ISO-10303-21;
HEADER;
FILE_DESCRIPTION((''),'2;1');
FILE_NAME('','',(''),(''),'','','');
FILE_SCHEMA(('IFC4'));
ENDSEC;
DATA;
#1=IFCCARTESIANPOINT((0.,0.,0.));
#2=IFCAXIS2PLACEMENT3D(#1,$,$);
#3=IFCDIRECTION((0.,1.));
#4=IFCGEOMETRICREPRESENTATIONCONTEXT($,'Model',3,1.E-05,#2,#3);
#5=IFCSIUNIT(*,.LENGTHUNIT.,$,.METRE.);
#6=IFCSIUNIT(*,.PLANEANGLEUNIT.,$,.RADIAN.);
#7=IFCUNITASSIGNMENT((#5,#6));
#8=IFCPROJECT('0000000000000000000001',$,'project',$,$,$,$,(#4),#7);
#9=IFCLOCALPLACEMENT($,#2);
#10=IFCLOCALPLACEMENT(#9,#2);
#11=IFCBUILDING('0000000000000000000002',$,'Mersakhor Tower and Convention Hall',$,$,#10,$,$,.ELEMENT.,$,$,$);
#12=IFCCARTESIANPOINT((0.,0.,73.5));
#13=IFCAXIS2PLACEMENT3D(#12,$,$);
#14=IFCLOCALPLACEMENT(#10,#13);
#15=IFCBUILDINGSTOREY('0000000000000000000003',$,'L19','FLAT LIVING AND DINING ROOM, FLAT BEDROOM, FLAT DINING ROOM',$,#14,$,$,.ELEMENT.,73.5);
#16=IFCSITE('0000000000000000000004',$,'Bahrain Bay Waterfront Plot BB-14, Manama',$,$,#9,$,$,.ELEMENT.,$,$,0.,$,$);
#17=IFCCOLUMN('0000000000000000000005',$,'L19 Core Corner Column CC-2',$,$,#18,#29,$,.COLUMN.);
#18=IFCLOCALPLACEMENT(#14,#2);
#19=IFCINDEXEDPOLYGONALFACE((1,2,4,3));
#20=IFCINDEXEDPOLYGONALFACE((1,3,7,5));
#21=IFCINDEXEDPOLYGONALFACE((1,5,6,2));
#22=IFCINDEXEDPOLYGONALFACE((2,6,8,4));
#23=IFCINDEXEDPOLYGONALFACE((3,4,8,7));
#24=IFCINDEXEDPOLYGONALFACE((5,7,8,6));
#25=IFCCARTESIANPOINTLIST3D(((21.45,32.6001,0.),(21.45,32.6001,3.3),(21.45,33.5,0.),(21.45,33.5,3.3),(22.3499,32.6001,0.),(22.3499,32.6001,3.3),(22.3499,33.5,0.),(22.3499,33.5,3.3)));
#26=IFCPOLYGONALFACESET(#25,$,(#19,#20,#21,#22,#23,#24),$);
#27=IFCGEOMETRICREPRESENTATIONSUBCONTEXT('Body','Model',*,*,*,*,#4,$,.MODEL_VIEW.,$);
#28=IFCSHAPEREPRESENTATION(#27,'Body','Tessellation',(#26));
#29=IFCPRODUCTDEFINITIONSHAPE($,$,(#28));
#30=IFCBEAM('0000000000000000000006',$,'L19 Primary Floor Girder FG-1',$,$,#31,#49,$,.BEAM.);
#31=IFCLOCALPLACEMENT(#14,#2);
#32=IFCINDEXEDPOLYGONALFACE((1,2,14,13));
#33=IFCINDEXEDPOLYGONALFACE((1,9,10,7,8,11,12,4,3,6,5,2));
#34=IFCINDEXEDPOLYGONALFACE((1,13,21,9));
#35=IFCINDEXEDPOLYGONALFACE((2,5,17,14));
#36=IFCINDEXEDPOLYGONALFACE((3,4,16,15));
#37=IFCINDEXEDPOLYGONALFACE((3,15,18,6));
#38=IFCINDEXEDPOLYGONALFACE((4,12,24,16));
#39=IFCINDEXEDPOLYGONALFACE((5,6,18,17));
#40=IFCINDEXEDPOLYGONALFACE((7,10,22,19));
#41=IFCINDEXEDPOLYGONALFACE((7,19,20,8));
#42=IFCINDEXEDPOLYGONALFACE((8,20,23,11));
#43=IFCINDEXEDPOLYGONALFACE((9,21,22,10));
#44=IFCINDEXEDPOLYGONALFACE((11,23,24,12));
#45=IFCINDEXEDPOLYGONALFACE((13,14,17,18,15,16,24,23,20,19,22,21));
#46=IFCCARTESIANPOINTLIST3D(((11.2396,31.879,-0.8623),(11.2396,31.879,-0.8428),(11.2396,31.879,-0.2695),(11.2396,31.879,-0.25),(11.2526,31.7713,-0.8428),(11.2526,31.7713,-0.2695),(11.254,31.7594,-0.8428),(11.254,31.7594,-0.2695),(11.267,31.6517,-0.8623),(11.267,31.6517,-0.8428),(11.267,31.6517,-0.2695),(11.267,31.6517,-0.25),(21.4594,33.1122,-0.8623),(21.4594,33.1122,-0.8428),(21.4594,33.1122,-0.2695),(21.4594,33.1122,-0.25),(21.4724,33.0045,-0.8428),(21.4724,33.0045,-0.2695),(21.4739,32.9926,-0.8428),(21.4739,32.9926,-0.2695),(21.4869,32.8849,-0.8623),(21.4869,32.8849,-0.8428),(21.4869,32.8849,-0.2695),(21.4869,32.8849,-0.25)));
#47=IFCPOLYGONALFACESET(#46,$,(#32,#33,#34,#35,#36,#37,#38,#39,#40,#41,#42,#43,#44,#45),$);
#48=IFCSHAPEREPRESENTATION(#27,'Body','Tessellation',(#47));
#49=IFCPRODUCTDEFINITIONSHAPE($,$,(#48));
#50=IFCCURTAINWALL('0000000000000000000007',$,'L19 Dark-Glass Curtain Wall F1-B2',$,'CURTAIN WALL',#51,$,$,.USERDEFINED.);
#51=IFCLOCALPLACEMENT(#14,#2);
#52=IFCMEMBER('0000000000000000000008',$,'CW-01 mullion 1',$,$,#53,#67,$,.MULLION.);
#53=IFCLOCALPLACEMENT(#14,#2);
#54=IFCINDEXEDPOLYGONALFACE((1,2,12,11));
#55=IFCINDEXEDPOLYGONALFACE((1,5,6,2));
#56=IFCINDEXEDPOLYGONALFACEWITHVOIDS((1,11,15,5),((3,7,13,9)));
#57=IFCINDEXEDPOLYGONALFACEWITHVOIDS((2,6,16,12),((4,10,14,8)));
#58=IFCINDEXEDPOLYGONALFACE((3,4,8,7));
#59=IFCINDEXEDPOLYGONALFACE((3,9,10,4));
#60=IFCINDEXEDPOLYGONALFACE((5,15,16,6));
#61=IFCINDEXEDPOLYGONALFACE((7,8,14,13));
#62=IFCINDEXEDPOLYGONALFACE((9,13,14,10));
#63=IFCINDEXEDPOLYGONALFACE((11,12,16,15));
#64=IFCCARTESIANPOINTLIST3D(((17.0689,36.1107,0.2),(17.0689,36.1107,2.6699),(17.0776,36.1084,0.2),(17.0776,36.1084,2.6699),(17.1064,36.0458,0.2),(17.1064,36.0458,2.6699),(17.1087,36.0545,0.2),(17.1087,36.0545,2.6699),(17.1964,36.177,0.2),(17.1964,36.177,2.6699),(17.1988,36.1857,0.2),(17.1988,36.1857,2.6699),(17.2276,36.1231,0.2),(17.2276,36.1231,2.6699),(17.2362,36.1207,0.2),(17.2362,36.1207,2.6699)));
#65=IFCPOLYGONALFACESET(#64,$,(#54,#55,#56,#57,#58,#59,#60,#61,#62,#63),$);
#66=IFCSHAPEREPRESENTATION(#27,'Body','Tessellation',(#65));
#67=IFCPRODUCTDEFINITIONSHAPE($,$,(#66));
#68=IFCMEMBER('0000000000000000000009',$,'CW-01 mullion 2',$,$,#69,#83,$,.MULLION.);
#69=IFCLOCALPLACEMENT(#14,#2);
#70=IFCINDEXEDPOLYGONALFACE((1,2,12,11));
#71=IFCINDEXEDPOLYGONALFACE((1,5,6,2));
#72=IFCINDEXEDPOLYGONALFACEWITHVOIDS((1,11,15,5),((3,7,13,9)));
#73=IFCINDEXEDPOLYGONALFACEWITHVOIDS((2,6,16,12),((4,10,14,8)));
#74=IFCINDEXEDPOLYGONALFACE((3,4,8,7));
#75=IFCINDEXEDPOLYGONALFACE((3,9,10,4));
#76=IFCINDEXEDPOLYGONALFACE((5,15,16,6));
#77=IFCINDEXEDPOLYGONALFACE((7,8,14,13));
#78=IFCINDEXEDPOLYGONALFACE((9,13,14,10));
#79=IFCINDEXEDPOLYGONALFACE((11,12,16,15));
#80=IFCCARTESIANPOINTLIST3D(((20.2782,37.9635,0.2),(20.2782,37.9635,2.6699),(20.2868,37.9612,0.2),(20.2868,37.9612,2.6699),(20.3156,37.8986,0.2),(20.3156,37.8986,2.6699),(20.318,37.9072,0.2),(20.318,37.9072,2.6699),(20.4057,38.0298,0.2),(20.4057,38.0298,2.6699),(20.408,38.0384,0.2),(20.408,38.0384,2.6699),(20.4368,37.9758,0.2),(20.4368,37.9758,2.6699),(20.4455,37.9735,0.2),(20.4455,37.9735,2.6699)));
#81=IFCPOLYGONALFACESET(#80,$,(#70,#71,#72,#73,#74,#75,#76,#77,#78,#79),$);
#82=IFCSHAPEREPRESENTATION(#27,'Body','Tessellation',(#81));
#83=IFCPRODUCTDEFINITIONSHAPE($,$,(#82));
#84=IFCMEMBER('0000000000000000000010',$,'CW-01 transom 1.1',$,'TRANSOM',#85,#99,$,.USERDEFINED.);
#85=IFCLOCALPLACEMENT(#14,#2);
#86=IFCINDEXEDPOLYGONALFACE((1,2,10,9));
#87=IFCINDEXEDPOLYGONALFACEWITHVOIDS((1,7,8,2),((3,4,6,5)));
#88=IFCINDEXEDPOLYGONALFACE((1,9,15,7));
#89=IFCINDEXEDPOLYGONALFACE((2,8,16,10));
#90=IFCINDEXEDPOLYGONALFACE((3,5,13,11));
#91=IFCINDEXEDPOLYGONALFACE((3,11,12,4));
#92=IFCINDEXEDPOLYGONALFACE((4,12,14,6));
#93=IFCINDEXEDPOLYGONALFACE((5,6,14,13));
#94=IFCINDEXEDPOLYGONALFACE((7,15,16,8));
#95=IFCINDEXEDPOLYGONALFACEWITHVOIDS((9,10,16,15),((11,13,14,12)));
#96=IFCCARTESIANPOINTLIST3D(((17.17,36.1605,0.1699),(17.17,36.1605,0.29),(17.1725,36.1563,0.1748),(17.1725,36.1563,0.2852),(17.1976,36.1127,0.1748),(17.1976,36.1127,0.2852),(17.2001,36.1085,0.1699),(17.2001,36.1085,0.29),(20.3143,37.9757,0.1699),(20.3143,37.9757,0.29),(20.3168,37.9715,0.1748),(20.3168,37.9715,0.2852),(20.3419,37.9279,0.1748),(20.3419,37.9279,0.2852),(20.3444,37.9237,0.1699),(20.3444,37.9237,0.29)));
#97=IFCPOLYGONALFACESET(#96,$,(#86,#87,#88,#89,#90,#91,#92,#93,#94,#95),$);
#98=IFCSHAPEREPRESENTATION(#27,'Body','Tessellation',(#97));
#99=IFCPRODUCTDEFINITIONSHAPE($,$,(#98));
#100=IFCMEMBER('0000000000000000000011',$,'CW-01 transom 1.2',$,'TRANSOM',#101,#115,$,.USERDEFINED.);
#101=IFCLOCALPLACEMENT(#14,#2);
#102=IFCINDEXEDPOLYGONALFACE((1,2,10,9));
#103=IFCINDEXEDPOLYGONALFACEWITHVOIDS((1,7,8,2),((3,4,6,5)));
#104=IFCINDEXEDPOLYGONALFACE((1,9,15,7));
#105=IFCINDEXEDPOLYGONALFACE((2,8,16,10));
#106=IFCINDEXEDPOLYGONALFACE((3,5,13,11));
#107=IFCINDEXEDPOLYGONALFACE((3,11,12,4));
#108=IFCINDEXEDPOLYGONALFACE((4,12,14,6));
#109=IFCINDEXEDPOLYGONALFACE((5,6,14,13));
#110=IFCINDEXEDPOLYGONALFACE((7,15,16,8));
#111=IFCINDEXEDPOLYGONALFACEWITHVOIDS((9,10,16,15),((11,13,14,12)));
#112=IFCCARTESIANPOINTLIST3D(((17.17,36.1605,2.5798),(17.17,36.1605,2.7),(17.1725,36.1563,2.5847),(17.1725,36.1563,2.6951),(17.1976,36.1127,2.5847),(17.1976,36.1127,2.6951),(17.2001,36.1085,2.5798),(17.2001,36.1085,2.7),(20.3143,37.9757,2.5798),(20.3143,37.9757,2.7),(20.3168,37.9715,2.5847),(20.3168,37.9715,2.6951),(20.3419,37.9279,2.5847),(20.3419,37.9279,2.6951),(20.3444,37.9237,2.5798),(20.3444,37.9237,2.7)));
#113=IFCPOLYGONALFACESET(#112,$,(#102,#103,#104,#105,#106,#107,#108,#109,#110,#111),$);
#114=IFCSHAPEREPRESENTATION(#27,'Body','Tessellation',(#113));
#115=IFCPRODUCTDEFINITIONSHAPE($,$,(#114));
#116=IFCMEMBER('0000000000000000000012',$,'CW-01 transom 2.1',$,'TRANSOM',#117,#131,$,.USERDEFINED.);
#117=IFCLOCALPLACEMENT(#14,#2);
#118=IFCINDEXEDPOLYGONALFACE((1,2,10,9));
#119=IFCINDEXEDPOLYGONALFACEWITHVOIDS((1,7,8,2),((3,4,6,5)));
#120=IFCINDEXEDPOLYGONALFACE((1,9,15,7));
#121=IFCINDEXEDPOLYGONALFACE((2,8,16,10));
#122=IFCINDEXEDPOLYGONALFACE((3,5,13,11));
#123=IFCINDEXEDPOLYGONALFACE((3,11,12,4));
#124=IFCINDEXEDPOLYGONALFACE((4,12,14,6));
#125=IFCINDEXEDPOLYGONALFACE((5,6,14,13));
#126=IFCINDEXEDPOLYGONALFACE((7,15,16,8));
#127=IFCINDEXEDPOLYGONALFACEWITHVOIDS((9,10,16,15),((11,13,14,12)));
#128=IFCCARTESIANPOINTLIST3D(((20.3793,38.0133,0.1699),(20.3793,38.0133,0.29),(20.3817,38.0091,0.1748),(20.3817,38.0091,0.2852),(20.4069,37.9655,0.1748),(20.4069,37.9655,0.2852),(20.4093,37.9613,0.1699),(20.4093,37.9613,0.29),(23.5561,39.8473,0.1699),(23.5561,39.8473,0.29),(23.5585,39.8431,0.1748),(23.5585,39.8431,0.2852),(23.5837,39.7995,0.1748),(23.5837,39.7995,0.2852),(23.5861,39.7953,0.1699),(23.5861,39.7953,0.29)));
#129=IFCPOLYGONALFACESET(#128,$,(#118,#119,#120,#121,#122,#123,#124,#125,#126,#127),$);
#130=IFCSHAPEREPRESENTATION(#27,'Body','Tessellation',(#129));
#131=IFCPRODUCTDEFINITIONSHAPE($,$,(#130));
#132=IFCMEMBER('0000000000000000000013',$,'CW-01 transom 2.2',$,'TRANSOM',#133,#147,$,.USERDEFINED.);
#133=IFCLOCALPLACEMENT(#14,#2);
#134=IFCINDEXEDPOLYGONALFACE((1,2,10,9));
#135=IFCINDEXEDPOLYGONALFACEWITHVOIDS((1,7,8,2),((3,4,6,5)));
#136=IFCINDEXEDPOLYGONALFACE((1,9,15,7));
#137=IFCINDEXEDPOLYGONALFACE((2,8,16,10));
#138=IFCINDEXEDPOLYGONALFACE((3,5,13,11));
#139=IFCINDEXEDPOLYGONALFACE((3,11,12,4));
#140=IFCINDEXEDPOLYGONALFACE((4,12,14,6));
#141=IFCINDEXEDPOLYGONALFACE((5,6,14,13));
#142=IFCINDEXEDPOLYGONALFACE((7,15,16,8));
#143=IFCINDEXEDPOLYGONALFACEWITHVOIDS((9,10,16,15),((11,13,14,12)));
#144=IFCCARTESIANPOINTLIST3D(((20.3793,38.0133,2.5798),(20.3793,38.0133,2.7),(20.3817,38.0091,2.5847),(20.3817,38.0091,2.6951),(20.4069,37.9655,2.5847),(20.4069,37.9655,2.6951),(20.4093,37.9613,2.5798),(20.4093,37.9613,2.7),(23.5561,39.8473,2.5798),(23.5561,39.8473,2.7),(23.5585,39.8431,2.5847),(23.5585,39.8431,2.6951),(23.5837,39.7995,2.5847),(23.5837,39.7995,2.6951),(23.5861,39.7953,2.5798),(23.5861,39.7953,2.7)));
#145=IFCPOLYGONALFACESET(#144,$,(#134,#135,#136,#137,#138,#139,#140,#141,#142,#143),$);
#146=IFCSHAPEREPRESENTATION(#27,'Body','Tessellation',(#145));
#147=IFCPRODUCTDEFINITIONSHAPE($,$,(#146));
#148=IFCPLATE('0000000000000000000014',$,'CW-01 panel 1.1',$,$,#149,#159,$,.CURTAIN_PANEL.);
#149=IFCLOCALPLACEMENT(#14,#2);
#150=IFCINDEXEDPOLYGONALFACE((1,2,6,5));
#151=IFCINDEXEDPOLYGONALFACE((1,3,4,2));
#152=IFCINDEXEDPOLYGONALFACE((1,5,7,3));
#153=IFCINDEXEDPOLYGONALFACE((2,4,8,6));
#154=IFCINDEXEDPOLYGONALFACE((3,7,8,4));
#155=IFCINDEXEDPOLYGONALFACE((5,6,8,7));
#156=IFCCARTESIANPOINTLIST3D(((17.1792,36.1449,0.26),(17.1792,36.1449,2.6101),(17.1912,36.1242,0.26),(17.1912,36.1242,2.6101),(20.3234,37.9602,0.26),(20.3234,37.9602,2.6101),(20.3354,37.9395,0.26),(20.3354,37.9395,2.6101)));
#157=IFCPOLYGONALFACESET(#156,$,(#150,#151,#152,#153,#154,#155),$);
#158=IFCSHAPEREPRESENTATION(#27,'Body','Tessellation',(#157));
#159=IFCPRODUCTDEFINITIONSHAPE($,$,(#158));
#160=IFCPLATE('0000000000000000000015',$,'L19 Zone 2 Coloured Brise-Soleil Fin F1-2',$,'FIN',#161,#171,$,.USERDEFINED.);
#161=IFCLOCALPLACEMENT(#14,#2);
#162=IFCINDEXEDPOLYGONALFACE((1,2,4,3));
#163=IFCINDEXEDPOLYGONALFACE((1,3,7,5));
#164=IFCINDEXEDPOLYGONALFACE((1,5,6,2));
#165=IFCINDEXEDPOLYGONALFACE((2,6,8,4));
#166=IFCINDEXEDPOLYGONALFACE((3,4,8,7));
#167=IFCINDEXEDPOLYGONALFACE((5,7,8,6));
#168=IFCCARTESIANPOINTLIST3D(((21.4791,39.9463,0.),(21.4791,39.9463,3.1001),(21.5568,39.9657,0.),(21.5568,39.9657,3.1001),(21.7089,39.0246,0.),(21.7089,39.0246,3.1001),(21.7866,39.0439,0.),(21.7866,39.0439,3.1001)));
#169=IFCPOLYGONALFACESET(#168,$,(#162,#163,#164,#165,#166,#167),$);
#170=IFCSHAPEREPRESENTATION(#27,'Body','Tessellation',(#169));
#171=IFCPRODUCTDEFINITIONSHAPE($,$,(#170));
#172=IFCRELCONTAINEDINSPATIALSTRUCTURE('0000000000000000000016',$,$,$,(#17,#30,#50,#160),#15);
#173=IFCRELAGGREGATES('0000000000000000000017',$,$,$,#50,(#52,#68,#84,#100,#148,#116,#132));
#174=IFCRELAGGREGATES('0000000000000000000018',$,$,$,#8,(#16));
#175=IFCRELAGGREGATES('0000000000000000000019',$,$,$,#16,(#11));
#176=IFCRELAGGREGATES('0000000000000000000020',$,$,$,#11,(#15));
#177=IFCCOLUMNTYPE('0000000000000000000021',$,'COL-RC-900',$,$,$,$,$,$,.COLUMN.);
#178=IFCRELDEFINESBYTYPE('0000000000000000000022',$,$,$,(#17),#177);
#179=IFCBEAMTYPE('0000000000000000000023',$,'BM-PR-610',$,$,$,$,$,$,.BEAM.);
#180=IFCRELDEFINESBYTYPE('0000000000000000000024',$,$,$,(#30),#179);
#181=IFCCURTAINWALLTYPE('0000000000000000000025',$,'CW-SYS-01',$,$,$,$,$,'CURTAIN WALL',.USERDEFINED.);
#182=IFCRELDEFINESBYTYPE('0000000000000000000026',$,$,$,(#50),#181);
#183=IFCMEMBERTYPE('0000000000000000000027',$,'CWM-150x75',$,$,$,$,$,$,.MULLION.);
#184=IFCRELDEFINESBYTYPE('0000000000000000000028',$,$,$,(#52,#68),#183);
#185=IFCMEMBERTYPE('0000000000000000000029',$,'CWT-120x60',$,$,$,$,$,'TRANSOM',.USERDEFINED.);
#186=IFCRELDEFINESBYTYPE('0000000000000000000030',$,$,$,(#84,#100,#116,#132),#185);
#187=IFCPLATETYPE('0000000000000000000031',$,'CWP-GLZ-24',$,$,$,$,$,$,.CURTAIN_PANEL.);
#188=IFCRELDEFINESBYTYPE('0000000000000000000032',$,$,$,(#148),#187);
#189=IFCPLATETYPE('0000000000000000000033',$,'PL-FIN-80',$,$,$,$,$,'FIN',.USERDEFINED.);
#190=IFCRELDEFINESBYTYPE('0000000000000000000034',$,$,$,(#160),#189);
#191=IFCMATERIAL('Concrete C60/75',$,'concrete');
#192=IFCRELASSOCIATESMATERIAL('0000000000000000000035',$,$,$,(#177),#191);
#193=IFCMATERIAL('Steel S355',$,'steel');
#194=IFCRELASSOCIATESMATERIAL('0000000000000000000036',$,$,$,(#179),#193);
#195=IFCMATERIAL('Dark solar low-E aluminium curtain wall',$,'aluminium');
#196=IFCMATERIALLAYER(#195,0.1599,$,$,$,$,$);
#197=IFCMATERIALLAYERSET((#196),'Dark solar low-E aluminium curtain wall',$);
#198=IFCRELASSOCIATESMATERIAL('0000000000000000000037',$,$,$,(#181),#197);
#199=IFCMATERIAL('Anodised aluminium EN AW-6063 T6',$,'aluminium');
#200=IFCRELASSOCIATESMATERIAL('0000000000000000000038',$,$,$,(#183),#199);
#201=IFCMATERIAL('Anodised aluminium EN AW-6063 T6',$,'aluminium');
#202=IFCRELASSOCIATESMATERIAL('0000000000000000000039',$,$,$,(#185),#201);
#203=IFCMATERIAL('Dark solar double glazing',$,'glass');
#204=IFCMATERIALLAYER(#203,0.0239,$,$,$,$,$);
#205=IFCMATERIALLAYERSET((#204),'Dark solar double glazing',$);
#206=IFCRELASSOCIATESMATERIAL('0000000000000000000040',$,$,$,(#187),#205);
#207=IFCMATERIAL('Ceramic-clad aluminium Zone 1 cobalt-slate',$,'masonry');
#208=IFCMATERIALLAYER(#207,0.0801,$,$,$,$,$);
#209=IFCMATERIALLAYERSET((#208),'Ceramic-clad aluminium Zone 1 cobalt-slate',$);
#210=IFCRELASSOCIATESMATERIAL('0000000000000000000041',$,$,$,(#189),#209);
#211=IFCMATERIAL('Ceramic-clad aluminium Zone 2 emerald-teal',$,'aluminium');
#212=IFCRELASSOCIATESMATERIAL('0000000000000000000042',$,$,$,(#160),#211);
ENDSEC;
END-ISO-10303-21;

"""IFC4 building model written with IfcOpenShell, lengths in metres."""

from ifc_helpers import new_model, si_unit, direction, frame, origin, origin_2d, place, context, subcontext, project, spatial, rectangle, hollow_rectangle, i_section, extrude, material, layer, layer_set, material_profile, profile_set, type_object, element, aggregate, save


model = new_model("IFC4")

# Units and contexts
model_context = context("Model", 3, precision=1e-05, world=origin(), true_north=direction((0.0, 1.0)))
body_context = subcontext(model_context, "Body", "Model", "MODEL_VIEW")
ifc_project = project(units=[si_unit("LENGTHUNIT", "METRE"), si_unit("PLANEANGLEUNIT", "RADIAN")], contexts=[model_context])

# Site, building, storey
site_placement = place(None, origin())
site = spatial("IfcSite", under=ifc_project, at=site_placement, Name="Bahrain Bay Waterfront Plot BB-14, Manama", CompositionType="ELEMENT", RefElevation=0.0)
building_placement = place(site_placement, origin())
building = spatial("IfcBuilding", under=site, at=building_placement, Name="Mersakhor Tower and Convention Hall", CompositionType="ELEMENT")
storey_placement = place(building_placement, frame((0.0, 0.0, 73.5)))
storey = spatial("IfcBuildingStorey", under=building, at=storey_placement, Name="L19", Description="FLAT LIVING AND DINING ROOM, FLAT BEDROOM, FLAT DINING ROOM", CompositionType="ELEMENT", Elevation=73.5)

# Column
ifc_material_1 = material(Name="Concrete C60/75", Category="concrete")
ifc_material_profile_1 = material_profile(ifc_material_1, rectangle(XDim=0.8999, YDim=0.8999, at=origin_2d()), Name="RC 900x900")
ifc_profile_set_1 = profile_set([ifc_material_profile_1], Name="Concrete C60/75")
column_type = type_object("IfcColumnType", Name="COL-RC-900", PredefinedType="COLUMN", material=ifc_profile_set_1)
column_placement = place(storey_placement, frame((21.8999, 33.05, 0.0), z_axis=(0.0, 0.0, 1.0), x_axis=(1.0, 0.0, 0.0)))
element("IfcColumn", 1, at=column_placement, inside=storey, type_object=column_type, Name="L19 Core Corner Column CC-2", PredefinedType="COLUMN", context=body_context, shape_type="SweptSolid", body=[
    extrude(rectangle(XDim=0.8999, YDim=0.8999, at=origin_2d()), origin(), (0.0, 0.0, 1.0), 3.3),
])

# Beam
ifc_material_2 = material(Name="Steel S355", Category="steel")
ifc_material_profile_2 = material_profile(ifc_material_2, i_section(OverallWidth=0.229, OverallDepth=0.6123, WebThickness=0.012, FlangeThickness=0.0195, at=origin_2d()), Name="UB 610x229x125")
ifc_profile_set_2 = profile_set([ifc_material_profile_2], Name="Steel S355")
beam_type = type_object("IfcBeamType", Name="BM-PR-610", PredefinedType="BEAM", material=ifc_profile_set_2)
beam_placement = place(storey_placement, frame((21.4731, 32.9985, -0.5562), z_axis=(-0.992799, -0.119795, 0.0), x_axis=(0.119795, -0.992799, 0.0)))
element("IfcBeam", 2, at=beam_placement, inside=storey, type_object=beam_type, Name="L19 Primary Floor Girder FG-1", PredefinedType="BEAM", context=body_context, shape_type="SweptSolid", body=[
    extrude(i_section(OverallWidth=0.229, OverallDepth=0.6123, WebThickness=0.012, FlangeThickness=0.0195, at=origin_2d()), origin(), (0.0, 0.0, 1.0), 10.2939),
])

# Curtain wall, members, plate
ifc_material_3 = material(Name="Dark solar low-E aluminium curtain wall", Category="aluminium")
ifc_layer_1 = layer(ifc_material_3, 0.1599)
ifc_layer_set_1 = layer_set([ifc_layer_1], Name="Dark solar low-E aluminium curtain wall")
curtain_wall_type = type_object("IfcCurtainWallType", Name="CW-SYS-01", ElementType="CURTAIN WALL", PredefinedType="USERDEFINED", material=ifc_layer_set_1)
curtain_wall_placement = place(storey_placement, origin())
curtain_wall = element("IfcCurtainWall", 3, at=curtain_wall_placement, inside=storey, type_object=curtain_wall_type, Name="L19 Dark-Glass Curtain Wall F1-B2", ObjectType="CURTAIN WALL", PredefinedType="USERDEFINED")
ifc_material_4 = material(Name="Anodised aluminium EN AW-6063 T6", Category="aluminium")
ifc_material_profile_3 = material_profile(ifc_material_4, hollow_rectangle(XDim=0.075, YDim=0.1499, WallThickness=0.0063, at=origin_2d()), Name="RHS 150x75x6.3")
ifc_profile_set_3 = profile_set([ifc_material_profile_3], Name="Anodised aluminium EN AW-6063 T6")
member_type_1 = type_object("IfcMemberType", Name="CWM-150x75", PredefinedType="MULLION", material=ifc_profile_set_3)
member_1_placement = place(storey_placement, frame((17.1526, 36.1157, 0.2), z_axis=(0.0, 0.0, 1.0), x_axis=(-0.499998, 0.866027, 0.0)))
member_1 = element("IfcMember", 4, at=member_1_placement, type_object=member_type_1, Name="CW-01 mullion 1", PredefinedType="MULLION", context=body_context, shape_type="SweptSolid", body=[
    extrude(hollow_rectangle(XDim=0.075, YDim=0.1499, WallThickness=0.0063, at=origin_2d()), origin(), (0.0, 0.0, 1.0), 2.47),
])
member_2_placement = place(storey_placement, frame((20.3618, 37.9685, 0.2), z_axis=(0.0, 0.0, 1.0), x_axis=(-0.499998, 0.866027, 0.0)))
member_2 = element("IfcMember", 5, at=member_2_placement, type_object=member_type_1, Name="CW-01 mullion 2", PredefinedType="MULLION", context=body_context, shape_type="SweptSolid", body=[
    extrude(hollow_rectangle(XDim=0.075, YDim=0.1499, WallThickness=0.0063, at=origin_2d()), origin(), (0.0, 0.0, 1.0), 2.47),
])
ifc_material_5 = material(Name="Anodised aluminium EN AW-6063 T6", Category="aluminium")
ifc_material_profile_4 = material_profile(ifc_material_5, hollow_rectangle(XDim=0.0601, YDim=0.1201, WallThickness=0.0049, at=origin_2d()), Name="RHS 120x60x5")
ifc_profile_set_4 = profile_set([ifc_material_profile_4], Name="Anodised aluminium EN AW-6063 T6")
member_type_2 = type_object("IfcMemberType", Name="CWT-120x60", ElementType="TRANSOM", PredefinedType="USERDEFINED", material=ifc_profile_set_4)
member_3_placement = place(storey_placement, frame((17.1851, 36.1345, 0.23), z_axis=(0.866046, 0.499965, 0.0), x_axis=(-0.499965, 0.866046, 0.0)))
member_3 = element("IfcMember", 6, at=member_3_placement, type_object=member_type_2, Name="CW-01 transom 1.1", ObjectType="TRANSOM", PredefinedType="USERDEFINED", context=body_context, shape_type="SweptSolid", body=[
    extrude(hollow_rectangle(XDim=0.0601, YDim=0.1201, WallThickness=0.0049, at=origin_2d()), origin(), (0.0, 0.0, 1.0), 3.6306),
])
member_4_placement = place(storey_placement, frame((17.1851, 36.1345, 2.6399), z_axis=(0.866046, 0.499965, 0.0), x_axis=(-0.499965, 0.866046, 0.0)))
member_4 = element("IfcMember", 7, at=member_4_placement, type_object=member_type_2, Name="CW-01 transom 1.2", ObjectType="TRANSOM", PredefinedType="USERDEFINED", context=body_context, shape_type="SweptSolid", body=[
    extrude(hollow_rectangle(XDim=0.0601, YDim=0.1201, WallThickness=0.0049, at=origin_2d()), origin(), (0.0, 0.0, 1.0), 3.6306),
])
member_5_placement = place(storey_placement, frame((20.3943, 37.9873, 0.23), z_axis=(0.866039, 0.499976, 0.0), x_axis=(-0.499976, 0.866039, 0.0)))
member_5 = element("IfcMember", 8, at=member_5_placement, type_object=member_type_2, Name="CW-01 transom 2.1", ObjectType="TRANSOM", PredefinedType="USERDEFINED", context=body_context, shape_type="SweptSolid", body=[
    extrude(hollow_rectangle(XDim=0.0601, YDim=0.1201, WallThickness=0.0049, at=origin_2d()), origin(), (0.0, 0.0, 1.0), 3.6682),
])
member_6_placement = place(storey_placement, frame((20.3943, 37.9873, 2.6399), z_axis=(0.866039, 0.499976, 0.0), x_axis=(-0.499976, 0.866039, 0.0)))
member_6 = element("IfcMember", 9, at=member_6_placement, type_object=member_type_2, Name="CW-01 transom 2.2", ObjectType="TRANSOM", PredefinedType="USERDEFINED", context=body_context, shape_type="SweptSolid", body=[
    extrude(hollow_rectangle(XDim=0.0601, YDim=0.1201, WallThickness=0.0049, at=origin_2d()), origin(), (0.0, 0.0, 1.0), 3.6682),
])
ifc_material_6 = material(Name="Dark solar double glazing", Category="glass")
ifc_layer_2 = layer(ifc_material_6, 0.0239)
ifc_layer_set_2 = layer_set([ifc_layer_2], Name="Dark solar double glazing")
plate_type_1 = type_object("IfcPlateType", Name="CWP-GLZ-24", PredefinedType="CURTAIN_PANEL", material=ifc_layer_set_2)
plate_1_placement = place(storey_placement, frame((18.7573, 37.0422, 0.26), z_axis=(0.0, 0.0, 1.0), x_axis=(0.866027, 0.499998, 0.0)))
plate_1 = element("IfcPlate", 10, at=plate_1_placement, type_object=plate_type_1, Name="CW-01 panel 1.1", PredefinedType="CURTAIN_PANEL", context=body_context, shape_type="SweptSolid", body=[
    extrude(rectangle(XDim=3.6306, YDim=0.0239, at=origin_2d()), origin(), (0.0, 0.0, 1.0), 2.3501),
])
aggregate(curtain_wall, [member_1, member_2, member_3, member_4, plate_1, member_5, member_6])

# Plate
ifc_material_7 = material(Name="Ceramic-clad aluminium Zone 2 emerald-teal", Category="aluminium")
ifc_material_8 = material(Name="Ceramic-clad aluminium Zone 1 cobalt-slate", Category="masonry")
ifc_layer_3 = layer(ifc_material_8, 0.0801)
ifc_layer_set_3 = layer_set([ifc_layer_3], Name="Ceramic-clad aluminium Zone 1 cobalt-slate")
plate_type_2 = type_object("IfcPlateType", Name="PL-FIN-80", ElementType="FIN", PredefinedType="USERDEFINED", material=ifc_layer_set_3)
plate_2_placement = place(storey_placement, frame((21.6328, 39.4951, 0.0), z_axis=(0.0, 0.0, 1.0), x_axis=(-0.241922, 0.970296, 0.0)))
element("IfcPlate", 11, at=plate_2_placement, inside=storey, type_object=plate_type_2, material=ifc_material_7, Name="L19 Zone 2 Coloured Brise-Soleil Fin F1-2", ObjectType="FIN", PredefinedType="USERDEFINED", context=body_context, shape_type="SweptSolid", body=[
    extrude(rectangle(XDim=0.95, YDim=0.0801, at=origin_2d()), origin(), (0.0, 0.0, 1.0), 3.1001),
])

save(model, "model.ifc")
